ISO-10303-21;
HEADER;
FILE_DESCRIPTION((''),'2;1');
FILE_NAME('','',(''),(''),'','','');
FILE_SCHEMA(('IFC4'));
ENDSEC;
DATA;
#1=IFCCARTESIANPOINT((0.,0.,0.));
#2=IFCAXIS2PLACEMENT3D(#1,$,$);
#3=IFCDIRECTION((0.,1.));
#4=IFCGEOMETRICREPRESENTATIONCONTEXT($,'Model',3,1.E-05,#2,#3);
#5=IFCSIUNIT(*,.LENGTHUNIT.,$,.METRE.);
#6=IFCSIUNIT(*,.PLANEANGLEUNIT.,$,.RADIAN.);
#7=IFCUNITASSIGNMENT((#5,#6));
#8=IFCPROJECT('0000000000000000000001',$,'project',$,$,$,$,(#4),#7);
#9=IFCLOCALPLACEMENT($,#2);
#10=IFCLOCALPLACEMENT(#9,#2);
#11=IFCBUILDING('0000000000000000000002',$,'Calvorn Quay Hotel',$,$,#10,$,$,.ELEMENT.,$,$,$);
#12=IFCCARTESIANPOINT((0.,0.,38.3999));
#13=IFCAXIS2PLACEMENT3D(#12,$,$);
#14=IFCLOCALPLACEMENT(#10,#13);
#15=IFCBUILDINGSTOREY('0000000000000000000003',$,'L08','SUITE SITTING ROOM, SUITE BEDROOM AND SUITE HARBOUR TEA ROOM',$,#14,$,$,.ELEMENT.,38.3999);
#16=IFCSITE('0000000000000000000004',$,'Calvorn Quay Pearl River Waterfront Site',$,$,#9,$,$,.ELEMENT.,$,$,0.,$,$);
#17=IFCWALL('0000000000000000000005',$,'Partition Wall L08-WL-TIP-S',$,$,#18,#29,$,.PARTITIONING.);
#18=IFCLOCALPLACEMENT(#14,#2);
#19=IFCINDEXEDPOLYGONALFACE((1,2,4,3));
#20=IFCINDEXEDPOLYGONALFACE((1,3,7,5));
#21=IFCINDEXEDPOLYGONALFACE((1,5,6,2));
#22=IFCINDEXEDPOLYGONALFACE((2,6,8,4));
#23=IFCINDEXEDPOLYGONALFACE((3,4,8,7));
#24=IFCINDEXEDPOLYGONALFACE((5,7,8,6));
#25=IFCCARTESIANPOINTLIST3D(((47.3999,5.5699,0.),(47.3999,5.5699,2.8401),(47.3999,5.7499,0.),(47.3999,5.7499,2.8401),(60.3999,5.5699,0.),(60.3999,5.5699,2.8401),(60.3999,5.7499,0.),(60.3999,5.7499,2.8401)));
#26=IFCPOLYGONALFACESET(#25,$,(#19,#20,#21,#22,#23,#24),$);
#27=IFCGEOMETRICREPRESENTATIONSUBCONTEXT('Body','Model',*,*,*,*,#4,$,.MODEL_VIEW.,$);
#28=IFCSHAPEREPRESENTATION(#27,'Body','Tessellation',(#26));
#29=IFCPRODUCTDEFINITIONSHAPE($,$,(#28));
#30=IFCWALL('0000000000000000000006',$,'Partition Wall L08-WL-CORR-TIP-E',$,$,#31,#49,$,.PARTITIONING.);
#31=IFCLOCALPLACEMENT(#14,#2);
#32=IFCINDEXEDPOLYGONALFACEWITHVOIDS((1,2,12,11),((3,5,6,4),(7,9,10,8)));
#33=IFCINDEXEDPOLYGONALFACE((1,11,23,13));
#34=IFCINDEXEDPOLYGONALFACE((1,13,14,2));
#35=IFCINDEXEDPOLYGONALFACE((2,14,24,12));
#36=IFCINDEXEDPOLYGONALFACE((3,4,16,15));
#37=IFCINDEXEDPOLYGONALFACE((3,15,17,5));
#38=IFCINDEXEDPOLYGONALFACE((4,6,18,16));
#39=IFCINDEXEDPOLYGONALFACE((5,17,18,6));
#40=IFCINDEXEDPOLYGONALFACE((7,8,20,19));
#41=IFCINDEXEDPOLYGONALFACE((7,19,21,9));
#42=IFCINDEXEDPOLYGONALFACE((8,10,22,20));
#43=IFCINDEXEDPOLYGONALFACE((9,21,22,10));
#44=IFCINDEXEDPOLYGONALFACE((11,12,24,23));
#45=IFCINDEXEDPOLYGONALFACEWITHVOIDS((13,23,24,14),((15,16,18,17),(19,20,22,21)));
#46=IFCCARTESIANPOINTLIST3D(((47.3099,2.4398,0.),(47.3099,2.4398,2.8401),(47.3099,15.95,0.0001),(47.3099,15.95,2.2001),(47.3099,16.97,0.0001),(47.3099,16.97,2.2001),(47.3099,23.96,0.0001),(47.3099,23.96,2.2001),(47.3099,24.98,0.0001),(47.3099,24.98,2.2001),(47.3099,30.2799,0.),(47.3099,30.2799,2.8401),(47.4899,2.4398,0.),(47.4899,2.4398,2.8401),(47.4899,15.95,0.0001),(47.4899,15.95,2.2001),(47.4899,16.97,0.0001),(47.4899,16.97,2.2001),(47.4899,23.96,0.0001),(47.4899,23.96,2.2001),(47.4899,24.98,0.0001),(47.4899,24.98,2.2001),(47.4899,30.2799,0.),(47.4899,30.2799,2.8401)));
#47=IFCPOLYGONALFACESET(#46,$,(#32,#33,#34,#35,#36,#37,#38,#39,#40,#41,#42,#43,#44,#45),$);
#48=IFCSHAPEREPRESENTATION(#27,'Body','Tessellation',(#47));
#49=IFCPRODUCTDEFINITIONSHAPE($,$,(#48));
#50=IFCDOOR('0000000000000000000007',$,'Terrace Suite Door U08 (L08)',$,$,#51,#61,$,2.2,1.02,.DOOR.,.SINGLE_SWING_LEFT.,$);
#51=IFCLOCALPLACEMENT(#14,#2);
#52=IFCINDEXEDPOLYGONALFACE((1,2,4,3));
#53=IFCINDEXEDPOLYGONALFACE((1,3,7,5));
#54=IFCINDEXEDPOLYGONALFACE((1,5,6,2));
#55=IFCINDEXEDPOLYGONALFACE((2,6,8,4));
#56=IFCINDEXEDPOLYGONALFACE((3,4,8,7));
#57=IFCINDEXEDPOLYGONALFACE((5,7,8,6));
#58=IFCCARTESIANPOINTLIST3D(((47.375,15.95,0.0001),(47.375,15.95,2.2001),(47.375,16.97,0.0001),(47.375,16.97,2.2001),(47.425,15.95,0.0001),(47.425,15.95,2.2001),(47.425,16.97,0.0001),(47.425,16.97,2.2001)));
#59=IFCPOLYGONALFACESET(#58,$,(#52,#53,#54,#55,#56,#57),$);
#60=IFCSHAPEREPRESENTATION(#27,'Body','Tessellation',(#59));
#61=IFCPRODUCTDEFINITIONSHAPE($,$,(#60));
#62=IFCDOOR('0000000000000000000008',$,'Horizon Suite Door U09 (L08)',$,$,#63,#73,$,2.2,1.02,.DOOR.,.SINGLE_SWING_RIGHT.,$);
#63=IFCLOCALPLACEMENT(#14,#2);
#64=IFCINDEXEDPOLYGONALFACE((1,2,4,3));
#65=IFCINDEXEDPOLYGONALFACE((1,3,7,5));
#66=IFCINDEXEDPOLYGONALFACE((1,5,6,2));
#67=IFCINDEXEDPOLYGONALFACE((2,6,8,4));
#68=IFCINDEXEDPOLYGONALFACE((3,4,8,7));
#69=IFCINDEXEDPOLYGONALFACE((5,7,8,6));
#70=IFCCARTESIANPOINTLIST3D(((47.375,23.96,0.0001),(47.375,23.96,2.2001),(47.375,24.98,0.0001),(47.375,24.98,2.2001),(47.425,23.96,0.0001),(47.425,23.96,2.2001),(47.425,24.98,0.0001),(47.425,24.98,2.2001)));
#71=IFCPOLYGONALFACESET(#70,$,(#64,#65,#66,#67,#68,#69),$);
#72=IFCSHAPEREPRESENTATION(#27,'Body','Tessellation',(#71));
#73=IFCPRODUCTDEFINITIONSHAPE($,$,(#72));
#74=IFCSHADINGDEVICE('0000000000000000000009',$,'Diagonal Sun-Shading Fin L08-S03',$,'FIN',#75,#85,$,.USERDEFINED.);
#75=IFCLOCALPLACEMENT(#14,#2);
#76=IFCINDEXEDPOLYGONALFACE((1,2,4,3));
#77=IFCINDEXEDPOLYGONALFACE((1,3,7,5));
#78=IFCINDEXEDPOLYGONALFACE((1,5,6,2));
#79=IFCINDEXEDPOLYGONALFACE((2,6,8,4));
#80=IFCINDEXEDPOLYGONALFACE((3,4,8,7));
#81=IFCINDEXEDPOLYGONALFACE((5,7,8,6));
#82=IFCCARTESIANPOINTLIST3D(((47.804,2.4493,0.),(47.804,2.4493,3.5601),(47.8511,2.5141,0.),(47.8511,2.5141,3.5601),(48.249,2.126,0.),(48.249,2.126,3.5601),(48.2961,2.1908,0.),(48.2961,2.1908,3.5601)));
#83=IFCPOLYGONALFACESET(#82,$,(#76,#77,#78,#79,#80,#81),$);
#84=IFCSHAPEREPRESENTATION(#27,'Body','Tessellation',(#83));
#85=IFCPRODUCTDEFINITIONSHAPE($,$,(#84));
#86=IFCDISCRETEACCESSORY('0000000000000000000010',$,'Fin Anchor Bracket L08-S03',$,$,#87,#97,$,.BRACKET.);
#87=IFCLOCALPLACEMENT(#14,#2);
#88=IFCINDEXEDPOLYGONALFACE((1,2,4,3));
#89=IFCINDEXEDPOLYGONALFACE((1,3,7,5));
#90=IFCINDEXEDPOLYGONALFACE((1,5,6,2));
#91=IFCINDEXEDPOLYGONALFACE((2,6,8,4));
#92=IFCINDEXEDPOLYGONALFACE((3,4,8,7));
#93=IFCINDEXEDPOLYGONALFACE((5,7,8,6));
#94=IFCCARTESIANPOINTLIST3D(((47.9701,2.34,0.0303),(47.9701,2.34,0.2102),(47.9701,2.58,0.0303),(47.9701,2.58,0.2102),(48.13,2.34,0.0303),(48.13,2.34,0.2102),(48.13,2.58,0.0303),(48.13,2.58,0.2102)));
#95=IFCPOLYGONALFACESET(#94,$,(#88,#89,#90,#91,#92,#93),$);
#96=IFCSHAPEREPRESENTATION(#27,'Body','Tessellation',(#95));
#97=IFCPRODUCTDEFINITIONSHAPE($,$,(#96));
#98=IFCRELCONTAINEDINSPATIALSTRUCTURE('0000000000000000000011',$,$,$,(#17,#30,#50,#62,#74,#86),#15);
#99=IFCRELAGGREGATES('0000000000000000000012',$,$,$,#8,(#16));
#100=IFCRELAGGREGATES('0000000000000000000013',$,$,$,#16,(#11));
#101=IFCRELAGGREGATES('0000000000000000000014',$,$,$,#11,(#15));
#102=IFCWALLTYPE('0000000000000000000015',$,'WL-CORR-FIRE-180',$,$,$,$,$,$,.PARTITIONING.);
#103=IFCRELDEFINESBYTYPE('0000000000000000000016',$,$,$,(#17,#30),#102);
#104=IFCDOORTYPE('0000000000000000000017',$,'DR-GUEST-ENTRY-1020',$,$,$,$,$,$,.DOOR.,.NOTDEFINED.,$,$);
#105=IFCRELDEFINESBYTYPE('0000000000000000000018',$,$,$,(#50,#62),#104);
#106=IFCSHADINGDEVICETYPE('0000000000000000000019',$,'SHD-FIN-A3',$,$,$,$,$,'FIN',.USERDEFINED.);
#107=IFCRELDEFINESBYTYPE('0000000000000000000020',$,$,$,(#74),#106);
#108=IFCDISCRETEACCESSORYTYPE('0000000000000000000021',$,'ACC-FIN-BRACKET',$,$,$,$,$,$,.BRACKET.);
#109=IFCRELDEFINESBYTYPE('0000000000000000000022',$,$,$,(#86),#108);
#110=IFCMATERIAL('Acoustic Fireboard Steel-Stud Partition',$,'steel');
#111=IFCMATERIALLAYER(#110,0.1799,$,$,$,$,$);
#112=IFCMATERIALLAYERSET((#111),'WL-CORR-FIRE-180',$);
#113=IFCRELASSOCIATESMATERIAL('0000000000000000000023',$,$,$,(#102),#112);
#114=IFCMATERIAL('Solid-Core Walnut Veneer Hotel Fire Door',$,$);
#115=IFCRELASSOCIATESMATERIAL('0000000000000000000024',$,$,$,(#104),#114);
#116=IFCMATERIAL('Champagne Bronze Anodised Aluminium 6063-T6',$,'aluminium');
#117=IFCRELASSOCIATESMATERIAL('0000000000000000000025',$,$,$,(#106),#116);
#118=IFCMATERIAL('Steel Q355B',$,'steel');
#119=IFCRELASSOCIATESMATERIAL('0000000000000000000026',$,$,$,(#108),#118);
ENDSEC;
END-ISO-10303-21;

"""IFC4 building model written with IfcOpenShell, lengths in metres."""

from ifc_helpers import new_model, si_unit, direction, frame, frame_2d, origin, origin_2d, place, context, subcontext, project, spatial, rectangle, extrude, material, layer, layer_set, type_object, element, fill, save


model = new_model("IFC4")

# Units and contexts
model_context = context("Model", 3, precision=1e-05, world=origin(), true_north=direction((0.0, 1.0)))
body_context = subcontext(model_context, "Body", "Model", "MODEL_VIEW")
ifc_project = project(units=[si_unit("LENGTHUNIT", "METRE"), si_unit("PLANEANGLEUNIT", "RADIAN")], contexts=[model_context])

# Site, building, storey
site_placement = place(None, origin())
site = spatial("IfcSite", under=ifc_project, at=site_placement, Name="Calvorn Quay Pearl River Waterfront Site", CompositionType="ELEMENT", RefElevation=0.0)
building_placement = place(site_placement, origin())
building = spatial("IfcBuilding", under=site, at=building_placement, Name="Calvorn Quay Hotel", CompositionType="ELEMENT")
storey_placement = place(building_placement, frame((0.0, 0.0, 38.3999)))
storey = spatial("IfcBuildingStorey", under=building, at=storey_placement, Name="L08", Description="SUITE SITTING ROOM, SUITE BEDROOM AND SUITE HARBOUR TEA ROOM", CompositionType="ELEMENT", Elevation=38.3999)

# Wall
ifc_material_1 = material(Name="Acoustic Fireboard Steel-Stud Partition", Category="steel")
ifc_layer_1 = layer(ifc_material_1, 0.1799)
ifc_layer_set_1 = layer_set([ifc_layer_1], Name="WL-CORR-FIRE-180")
wall_type = type_object("IfcWallType", Name="WL-CORR-FIRE-180", PredefinedType="PARTITIONING", material=ifc_layer_set_1)
wall_1_placement = place(storey_placement, frame((47.3999, 5.6599, 0.0), z_axis=(0.0, 0.0, 1.0), x_axis=(1.0, 0.0, 0.0)))
element("IfcWall", 1, at=wall_1_placement, inside=storey, type_object=wall_type, Name="Partition Wall L08-WL-TIP-S", PredefinedType="PARTITIONING", context=body_context, shape_type="SweptSolid", body=[
    extrude(rectangle(XDim=13.0, YDim=0.1799, at=frame_2d((6.5, 0.0))), origin(), (0.0, 0.0, 1.0), 2.8401),
])

# Wall, openings, doors
wall_2_placement = place(storey_placement, frame((47.3999, 2.4399, 0.0), z_axis=(0.0, 0.0, 1.0), x_axis=(0.0, 1.0, 0.0)))
wall_2 = element("IfcWall", 2, at=wall_2_placement, inside=storey, type_object=wall_type, Name="Partition Wall L08-WL-CORR-TIP-E", PredefinedType="PARTITIONING", context=body_context, shape_type="SweptSolid", body=[
    extrude(rectangle(XDim=27.8401, YDim=0.1799, at=frame_2d((13.9199, 0.0))), origin(), (0.0, 0.0, 1.0), 2.8401),
])
opening_1_placement = place(wall_2_placement, frame((13.51, 0.0, 0.0)))
opening_1 = element("IfcOpeningElement", 3, at=opening_1_placement, cuts=wall_2, PredefinedType="OPENING", context=body_context, shape_type="SweptSolid", body=[
    extrude(rectangle(XDim=1.02, YDim=2.2, at=frame_2d((0.51, 1.1001))), frame((0.0, 0.0999, 0.0), z_axis=(0.0, -1.0, 0.0), x_axis=(1.0, 0.0, 0.0)), (0.0, 0.0, 1.0), 0.2),
])
opening_2_placement = place(wall_2_placement, frame((21.52, 0.0, 0.0)))
opening_2 = element("IfcOpeningElement", 4, at=opening_2_placement, cuts=wall_2, PredefinedType="OPENING", context=body_context, shape_type="SweptSolid", body=[
    extrude(rectangle(XDim=1.02, YDim=2.2, at=frame_2d((0.51, 1.1001))), frame((0.0, 0.0999, 0.0), z_axis=(0.0, -1.0, 0.0), x_axis=(1.0, 0.0, 0.0)), (0.0, 0.0, 1.0), 0.2),
])
ifc_material_2 = material(Name="Solid-Core Walnut Veneer Hotel Fire Door")
door_type = type_object("IfcDoorType", Name="DR-GUEST-ENTRY-1020", OperationType="NOTDEFINED", PredefinedType="DOOR", material=ifc_material_2)
door_1_placement = place(opening_1_placement, origin())
door_1 = element("IfcDoor", 5, at=door_1_placement, inside=storey, type_object=door_type, Name="Terrace Suite Door U08 (L08)", OperationType="SINGLE_SWING_LEFT", OverallHeight=2.2, OverallWidth=1.02, PredefinedType="DOOR", context=body_context, shape_type="SweptSolid", body=[
    extrude(rectangle(XDim=1.02, YDim=2.2, at=frame_2d((0.51, 1.1001))), frame((0.0, 0.0249, 0.0), z_axis=(0.0, -1.0, 0.0), x_axis=(1.0, 0.0, 0.0)), (0.0, 0.0, 1.0), 0.05),
])
fill(opening_1, door_1)
door_2_placement = place(opening_2_placement, origin())
door_2 = element("IfcDoor", 6, at=door_2_placement, inside=storey, type_object=door_type, Name="Horizon Suite Door U09 (L08)", OperationType="SINGLE_SWING_RIGHT", OverallHeight=2.2, OverallWidth=1.02, PredefinedType="DOOR", context=body_context, shape_type="SweptSolid", body=[
    extrude(rectangle(XDim=1.02, YDim=2.2, at=frame_2d((0.51, 1.1001))), frame((0.0, 0.0249, 0.0), z_axis=(0.0, -1.0, 0.0), x_axis=(1.0, 0.0, 0.0)), (0.0, 0.0, 1.0), 0.05),
])
fill(opening_2, door_2)

# Shading device
ifc_material_3 = material(Name="Champagne Bronze Anodised Aluminium 6063-T6", Category="aluminium")
shading_device_type = type_object("IfcShadingDeviceType", Name="SHD-FIN-A3", ElementType="FIN", PredefinedType="USERDEFINED", material=ifc_material_3)
shading_device_placement = place(storey_placement, frame((48.05, 2.3201, 0.0), z_axis=(0.0, 0.0, 1.0), x_axis=(-0.809017, 0.587785, 0.0)))
element("IfcShadingDevice", 7, at=shading_device_placement, inside=storey, type_object=shading_device_type, Name="Diagonal Sun-Shading Fin L08-S03", ObjectType="FIN", PredefinedType="USERDEFINED", context=body_context, shape_type="SweptSolid", body=[
    extrude(rectangle(XDim=0.55, YDim=0.0801, at=origin_2d()), origin(), (0.0, 0.0, 1.0), 3.5601),
])

# Discrete accessory
ifc_material_4 = material(Name="Steel Q355B", Category="steel")
discrete_accessory_type = type_object("IfcDiscreteAccessoryType", Name="ACC-FIN-BRACKET", PredefinedType="BRACKET", material=ifc_material_4)
discrete_accessory_placement = place(storey_placement, frame((48.05, 2.46, 0.0303), z_axis=(0.0, 0.0, 1.0), x_axis=(0.0, 1.0, 0.0)))
element("IfcDiscreteAccessory", 8, at=discrete_accessory_placement, inside=storey, type_object=discrete_accessory_type, Name="Fin Anchor Bracket L08-S03", PredefinedType="BRACKET", context=body_context, shape_type="SweptSolid", body=[
    extrude(rectangle(XDim=0.24, YDim=0.1599, at=origin_2d()), origin(), (0.0, 0.0, 1.0), 0.1799),
])

save(model, "model.ifc")
